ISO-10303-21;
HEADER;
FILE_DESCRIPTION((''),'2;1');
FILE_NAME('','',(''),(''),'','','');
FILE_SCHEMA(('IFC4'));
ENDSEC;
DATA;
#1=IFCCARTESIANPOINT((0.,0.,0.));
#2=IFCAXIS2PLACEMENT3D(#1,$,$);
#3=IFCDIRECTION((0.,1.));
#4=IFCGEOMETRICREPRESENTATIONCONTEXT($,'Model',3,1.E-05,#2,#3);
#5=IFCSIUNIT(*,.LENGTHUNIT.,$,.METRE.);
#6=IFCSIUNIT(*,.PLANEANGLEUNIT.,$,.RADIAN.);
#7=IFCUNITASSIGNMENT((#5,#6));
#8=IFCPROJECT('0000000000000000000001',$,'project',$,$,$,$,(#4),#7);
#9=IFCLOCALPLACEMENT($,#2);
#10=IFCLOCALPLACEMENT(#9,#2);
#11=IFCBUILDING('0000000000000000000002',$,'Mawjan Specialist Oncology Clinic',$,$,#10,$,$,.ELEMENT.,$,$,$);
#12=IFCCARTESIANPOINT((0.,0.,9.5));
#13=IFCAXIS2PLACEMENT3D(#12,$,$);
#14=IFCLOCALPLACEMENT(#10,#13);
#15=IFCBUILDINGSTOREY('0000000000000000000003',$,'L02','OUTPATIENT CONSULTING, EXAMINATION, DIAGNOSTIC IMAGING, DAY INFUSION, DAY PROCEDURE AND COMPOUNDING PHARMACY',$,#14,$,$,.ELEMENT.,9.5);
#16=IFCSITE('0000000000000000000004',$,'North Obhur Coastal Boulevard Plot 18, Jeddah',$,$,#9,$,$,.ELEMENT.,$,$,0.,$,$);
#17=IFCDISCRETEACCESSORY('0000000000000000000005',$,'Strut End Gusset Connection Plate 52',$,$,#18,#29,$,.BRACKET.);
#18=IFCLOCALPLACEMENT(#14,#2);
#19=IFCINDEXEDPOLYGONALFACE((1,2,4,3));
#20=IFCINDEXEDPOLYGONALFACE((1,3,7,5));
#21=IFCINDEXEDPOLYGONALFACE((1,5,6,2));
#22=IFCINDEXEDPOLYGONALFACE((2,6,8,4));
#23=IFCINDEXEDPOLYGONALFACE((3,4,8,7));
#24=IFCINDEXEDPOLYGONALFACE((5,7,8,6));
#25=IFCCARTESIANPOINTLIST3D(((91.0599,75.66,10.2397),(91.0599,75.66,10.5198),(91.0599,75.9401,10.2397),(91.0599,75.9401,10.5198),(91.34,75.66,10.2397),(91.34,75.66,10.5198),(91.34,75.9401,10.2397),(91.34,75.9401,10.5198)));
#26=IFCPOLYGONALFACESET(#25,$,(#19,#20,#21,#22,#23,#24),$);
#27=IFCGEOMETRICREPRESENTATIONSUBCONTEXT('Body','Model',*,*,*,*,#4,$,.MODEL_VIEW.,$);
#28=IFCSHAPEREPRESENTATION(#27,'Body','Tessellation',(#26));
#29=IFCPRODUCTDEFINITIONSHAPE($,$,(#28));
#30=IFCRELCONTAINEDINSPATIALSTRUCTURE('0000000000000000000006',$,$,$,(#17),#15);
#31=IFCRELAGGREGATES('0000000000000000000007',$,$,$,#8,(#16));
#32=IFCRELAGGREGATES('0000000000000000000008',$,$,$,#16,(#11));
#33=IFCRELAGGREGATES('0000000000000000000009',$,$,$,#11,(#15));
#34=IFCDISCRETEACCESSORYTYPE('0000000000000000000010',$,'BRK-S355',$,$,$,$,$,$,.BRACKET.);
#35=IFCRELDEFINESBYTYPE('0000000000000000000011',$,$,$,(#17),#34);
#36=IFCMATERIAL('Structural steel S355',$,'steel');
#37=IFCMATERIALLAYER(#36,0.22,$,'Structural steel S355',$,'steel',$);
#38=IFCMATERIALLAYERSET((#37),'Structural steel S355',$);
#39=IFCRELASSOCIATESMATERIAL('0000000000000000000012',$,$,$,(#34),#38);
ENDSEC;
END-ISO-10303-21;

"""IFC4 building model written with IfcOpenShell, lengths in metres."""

from ifc_helpers import new_model, si_unit, direction, frame, origin, origin_2d, place, context, subcontext, project, spatial, rectangle, extrude, material, layer, layer_set, type_object, element, save


model = new_model("IFC4")

# Units and contexts
model_context = context("Model", 3, precision=1e-05, world=origin(), true_north=direction((0.0, 1.0)))
body_context = subcontext(model_context, "Body", "Model", "MODEL_VIEW")
ifc_project = project(units=[si_unit("LENGTHUNIT", "METRE"), si_unit("PLANEANGLEUNIT", "RADIAN")], contexts=[model_context])

# Site, building, storey
site_placement = place(None, origin())
site = spatial("IfcSite", under=ifc_project, at=site_placement, Name="North Obhur Coastal Boulevard Plot 18, Jeddah", CompositionType="ELEMENT", RefElevation=0.0)
building_placement = place(site_placement, origin())
building = spatial("IfcBuilding", under=site, at=building_placement, Name="Mawjan Specialist Oncology Clinic", CompositionType="ELEMENT")
storey_placement = place(building_placement, frame((0.0, 0.0, 9.5)))
storey = spatial("IfcBuildingStorey", under=building, at=storey_placement, Name="L02", Description="OUTPATIENT CONSULTING, EXAMINATION, DIAGNOSTIC IMAGING, DAY INFUSION, DAY PROCEDURE AND COMPOUNDING PHARMACY", CompositionType="ELEMENT", Elevation=9.5)

# Discrete accessory
ifc_material_1 = material(Name="Structural steel S355", Category="steel")
ifc_layer_1 = layer(ifc_material_1, 0.22, Name="Structural steel S355", Category="steel")
ifc_layer_set_1 = layer_set([ifc_layer_1], Name="Structural steel S355")
discrete_accessory_type = type_object("IfcDiscreteAccessoryType", Name="BRK-S355", PredefinedType="BRACKET", material=ifc_layer_set_1)
for number, where, z_axis, x_axis, name in (
    (1, (91.2, 75.8, 10.2397), (0.0, 0.0, 1.0), (1.0, 0.0, 0.0), "Strut End Gusset Connection Plate 52"),
):
    element("IfcDiscreteAccessory", number, at=place(storey_placement, frame(where, z_axis=z_axis, x_axis=x_axis)), inside=storey, type_object=discrete_accessory_type, Name=name, PredefinedType="BRACKET", context=body_context, shape_type="SweptSolid", body=[
        extrude(rectangle(XDim=0.28, YDim=0.28, at=origin_2d()), origin(), (0.0, 0.0, 1.0), 0.28),
    ])

save(model, "model.ifc")
